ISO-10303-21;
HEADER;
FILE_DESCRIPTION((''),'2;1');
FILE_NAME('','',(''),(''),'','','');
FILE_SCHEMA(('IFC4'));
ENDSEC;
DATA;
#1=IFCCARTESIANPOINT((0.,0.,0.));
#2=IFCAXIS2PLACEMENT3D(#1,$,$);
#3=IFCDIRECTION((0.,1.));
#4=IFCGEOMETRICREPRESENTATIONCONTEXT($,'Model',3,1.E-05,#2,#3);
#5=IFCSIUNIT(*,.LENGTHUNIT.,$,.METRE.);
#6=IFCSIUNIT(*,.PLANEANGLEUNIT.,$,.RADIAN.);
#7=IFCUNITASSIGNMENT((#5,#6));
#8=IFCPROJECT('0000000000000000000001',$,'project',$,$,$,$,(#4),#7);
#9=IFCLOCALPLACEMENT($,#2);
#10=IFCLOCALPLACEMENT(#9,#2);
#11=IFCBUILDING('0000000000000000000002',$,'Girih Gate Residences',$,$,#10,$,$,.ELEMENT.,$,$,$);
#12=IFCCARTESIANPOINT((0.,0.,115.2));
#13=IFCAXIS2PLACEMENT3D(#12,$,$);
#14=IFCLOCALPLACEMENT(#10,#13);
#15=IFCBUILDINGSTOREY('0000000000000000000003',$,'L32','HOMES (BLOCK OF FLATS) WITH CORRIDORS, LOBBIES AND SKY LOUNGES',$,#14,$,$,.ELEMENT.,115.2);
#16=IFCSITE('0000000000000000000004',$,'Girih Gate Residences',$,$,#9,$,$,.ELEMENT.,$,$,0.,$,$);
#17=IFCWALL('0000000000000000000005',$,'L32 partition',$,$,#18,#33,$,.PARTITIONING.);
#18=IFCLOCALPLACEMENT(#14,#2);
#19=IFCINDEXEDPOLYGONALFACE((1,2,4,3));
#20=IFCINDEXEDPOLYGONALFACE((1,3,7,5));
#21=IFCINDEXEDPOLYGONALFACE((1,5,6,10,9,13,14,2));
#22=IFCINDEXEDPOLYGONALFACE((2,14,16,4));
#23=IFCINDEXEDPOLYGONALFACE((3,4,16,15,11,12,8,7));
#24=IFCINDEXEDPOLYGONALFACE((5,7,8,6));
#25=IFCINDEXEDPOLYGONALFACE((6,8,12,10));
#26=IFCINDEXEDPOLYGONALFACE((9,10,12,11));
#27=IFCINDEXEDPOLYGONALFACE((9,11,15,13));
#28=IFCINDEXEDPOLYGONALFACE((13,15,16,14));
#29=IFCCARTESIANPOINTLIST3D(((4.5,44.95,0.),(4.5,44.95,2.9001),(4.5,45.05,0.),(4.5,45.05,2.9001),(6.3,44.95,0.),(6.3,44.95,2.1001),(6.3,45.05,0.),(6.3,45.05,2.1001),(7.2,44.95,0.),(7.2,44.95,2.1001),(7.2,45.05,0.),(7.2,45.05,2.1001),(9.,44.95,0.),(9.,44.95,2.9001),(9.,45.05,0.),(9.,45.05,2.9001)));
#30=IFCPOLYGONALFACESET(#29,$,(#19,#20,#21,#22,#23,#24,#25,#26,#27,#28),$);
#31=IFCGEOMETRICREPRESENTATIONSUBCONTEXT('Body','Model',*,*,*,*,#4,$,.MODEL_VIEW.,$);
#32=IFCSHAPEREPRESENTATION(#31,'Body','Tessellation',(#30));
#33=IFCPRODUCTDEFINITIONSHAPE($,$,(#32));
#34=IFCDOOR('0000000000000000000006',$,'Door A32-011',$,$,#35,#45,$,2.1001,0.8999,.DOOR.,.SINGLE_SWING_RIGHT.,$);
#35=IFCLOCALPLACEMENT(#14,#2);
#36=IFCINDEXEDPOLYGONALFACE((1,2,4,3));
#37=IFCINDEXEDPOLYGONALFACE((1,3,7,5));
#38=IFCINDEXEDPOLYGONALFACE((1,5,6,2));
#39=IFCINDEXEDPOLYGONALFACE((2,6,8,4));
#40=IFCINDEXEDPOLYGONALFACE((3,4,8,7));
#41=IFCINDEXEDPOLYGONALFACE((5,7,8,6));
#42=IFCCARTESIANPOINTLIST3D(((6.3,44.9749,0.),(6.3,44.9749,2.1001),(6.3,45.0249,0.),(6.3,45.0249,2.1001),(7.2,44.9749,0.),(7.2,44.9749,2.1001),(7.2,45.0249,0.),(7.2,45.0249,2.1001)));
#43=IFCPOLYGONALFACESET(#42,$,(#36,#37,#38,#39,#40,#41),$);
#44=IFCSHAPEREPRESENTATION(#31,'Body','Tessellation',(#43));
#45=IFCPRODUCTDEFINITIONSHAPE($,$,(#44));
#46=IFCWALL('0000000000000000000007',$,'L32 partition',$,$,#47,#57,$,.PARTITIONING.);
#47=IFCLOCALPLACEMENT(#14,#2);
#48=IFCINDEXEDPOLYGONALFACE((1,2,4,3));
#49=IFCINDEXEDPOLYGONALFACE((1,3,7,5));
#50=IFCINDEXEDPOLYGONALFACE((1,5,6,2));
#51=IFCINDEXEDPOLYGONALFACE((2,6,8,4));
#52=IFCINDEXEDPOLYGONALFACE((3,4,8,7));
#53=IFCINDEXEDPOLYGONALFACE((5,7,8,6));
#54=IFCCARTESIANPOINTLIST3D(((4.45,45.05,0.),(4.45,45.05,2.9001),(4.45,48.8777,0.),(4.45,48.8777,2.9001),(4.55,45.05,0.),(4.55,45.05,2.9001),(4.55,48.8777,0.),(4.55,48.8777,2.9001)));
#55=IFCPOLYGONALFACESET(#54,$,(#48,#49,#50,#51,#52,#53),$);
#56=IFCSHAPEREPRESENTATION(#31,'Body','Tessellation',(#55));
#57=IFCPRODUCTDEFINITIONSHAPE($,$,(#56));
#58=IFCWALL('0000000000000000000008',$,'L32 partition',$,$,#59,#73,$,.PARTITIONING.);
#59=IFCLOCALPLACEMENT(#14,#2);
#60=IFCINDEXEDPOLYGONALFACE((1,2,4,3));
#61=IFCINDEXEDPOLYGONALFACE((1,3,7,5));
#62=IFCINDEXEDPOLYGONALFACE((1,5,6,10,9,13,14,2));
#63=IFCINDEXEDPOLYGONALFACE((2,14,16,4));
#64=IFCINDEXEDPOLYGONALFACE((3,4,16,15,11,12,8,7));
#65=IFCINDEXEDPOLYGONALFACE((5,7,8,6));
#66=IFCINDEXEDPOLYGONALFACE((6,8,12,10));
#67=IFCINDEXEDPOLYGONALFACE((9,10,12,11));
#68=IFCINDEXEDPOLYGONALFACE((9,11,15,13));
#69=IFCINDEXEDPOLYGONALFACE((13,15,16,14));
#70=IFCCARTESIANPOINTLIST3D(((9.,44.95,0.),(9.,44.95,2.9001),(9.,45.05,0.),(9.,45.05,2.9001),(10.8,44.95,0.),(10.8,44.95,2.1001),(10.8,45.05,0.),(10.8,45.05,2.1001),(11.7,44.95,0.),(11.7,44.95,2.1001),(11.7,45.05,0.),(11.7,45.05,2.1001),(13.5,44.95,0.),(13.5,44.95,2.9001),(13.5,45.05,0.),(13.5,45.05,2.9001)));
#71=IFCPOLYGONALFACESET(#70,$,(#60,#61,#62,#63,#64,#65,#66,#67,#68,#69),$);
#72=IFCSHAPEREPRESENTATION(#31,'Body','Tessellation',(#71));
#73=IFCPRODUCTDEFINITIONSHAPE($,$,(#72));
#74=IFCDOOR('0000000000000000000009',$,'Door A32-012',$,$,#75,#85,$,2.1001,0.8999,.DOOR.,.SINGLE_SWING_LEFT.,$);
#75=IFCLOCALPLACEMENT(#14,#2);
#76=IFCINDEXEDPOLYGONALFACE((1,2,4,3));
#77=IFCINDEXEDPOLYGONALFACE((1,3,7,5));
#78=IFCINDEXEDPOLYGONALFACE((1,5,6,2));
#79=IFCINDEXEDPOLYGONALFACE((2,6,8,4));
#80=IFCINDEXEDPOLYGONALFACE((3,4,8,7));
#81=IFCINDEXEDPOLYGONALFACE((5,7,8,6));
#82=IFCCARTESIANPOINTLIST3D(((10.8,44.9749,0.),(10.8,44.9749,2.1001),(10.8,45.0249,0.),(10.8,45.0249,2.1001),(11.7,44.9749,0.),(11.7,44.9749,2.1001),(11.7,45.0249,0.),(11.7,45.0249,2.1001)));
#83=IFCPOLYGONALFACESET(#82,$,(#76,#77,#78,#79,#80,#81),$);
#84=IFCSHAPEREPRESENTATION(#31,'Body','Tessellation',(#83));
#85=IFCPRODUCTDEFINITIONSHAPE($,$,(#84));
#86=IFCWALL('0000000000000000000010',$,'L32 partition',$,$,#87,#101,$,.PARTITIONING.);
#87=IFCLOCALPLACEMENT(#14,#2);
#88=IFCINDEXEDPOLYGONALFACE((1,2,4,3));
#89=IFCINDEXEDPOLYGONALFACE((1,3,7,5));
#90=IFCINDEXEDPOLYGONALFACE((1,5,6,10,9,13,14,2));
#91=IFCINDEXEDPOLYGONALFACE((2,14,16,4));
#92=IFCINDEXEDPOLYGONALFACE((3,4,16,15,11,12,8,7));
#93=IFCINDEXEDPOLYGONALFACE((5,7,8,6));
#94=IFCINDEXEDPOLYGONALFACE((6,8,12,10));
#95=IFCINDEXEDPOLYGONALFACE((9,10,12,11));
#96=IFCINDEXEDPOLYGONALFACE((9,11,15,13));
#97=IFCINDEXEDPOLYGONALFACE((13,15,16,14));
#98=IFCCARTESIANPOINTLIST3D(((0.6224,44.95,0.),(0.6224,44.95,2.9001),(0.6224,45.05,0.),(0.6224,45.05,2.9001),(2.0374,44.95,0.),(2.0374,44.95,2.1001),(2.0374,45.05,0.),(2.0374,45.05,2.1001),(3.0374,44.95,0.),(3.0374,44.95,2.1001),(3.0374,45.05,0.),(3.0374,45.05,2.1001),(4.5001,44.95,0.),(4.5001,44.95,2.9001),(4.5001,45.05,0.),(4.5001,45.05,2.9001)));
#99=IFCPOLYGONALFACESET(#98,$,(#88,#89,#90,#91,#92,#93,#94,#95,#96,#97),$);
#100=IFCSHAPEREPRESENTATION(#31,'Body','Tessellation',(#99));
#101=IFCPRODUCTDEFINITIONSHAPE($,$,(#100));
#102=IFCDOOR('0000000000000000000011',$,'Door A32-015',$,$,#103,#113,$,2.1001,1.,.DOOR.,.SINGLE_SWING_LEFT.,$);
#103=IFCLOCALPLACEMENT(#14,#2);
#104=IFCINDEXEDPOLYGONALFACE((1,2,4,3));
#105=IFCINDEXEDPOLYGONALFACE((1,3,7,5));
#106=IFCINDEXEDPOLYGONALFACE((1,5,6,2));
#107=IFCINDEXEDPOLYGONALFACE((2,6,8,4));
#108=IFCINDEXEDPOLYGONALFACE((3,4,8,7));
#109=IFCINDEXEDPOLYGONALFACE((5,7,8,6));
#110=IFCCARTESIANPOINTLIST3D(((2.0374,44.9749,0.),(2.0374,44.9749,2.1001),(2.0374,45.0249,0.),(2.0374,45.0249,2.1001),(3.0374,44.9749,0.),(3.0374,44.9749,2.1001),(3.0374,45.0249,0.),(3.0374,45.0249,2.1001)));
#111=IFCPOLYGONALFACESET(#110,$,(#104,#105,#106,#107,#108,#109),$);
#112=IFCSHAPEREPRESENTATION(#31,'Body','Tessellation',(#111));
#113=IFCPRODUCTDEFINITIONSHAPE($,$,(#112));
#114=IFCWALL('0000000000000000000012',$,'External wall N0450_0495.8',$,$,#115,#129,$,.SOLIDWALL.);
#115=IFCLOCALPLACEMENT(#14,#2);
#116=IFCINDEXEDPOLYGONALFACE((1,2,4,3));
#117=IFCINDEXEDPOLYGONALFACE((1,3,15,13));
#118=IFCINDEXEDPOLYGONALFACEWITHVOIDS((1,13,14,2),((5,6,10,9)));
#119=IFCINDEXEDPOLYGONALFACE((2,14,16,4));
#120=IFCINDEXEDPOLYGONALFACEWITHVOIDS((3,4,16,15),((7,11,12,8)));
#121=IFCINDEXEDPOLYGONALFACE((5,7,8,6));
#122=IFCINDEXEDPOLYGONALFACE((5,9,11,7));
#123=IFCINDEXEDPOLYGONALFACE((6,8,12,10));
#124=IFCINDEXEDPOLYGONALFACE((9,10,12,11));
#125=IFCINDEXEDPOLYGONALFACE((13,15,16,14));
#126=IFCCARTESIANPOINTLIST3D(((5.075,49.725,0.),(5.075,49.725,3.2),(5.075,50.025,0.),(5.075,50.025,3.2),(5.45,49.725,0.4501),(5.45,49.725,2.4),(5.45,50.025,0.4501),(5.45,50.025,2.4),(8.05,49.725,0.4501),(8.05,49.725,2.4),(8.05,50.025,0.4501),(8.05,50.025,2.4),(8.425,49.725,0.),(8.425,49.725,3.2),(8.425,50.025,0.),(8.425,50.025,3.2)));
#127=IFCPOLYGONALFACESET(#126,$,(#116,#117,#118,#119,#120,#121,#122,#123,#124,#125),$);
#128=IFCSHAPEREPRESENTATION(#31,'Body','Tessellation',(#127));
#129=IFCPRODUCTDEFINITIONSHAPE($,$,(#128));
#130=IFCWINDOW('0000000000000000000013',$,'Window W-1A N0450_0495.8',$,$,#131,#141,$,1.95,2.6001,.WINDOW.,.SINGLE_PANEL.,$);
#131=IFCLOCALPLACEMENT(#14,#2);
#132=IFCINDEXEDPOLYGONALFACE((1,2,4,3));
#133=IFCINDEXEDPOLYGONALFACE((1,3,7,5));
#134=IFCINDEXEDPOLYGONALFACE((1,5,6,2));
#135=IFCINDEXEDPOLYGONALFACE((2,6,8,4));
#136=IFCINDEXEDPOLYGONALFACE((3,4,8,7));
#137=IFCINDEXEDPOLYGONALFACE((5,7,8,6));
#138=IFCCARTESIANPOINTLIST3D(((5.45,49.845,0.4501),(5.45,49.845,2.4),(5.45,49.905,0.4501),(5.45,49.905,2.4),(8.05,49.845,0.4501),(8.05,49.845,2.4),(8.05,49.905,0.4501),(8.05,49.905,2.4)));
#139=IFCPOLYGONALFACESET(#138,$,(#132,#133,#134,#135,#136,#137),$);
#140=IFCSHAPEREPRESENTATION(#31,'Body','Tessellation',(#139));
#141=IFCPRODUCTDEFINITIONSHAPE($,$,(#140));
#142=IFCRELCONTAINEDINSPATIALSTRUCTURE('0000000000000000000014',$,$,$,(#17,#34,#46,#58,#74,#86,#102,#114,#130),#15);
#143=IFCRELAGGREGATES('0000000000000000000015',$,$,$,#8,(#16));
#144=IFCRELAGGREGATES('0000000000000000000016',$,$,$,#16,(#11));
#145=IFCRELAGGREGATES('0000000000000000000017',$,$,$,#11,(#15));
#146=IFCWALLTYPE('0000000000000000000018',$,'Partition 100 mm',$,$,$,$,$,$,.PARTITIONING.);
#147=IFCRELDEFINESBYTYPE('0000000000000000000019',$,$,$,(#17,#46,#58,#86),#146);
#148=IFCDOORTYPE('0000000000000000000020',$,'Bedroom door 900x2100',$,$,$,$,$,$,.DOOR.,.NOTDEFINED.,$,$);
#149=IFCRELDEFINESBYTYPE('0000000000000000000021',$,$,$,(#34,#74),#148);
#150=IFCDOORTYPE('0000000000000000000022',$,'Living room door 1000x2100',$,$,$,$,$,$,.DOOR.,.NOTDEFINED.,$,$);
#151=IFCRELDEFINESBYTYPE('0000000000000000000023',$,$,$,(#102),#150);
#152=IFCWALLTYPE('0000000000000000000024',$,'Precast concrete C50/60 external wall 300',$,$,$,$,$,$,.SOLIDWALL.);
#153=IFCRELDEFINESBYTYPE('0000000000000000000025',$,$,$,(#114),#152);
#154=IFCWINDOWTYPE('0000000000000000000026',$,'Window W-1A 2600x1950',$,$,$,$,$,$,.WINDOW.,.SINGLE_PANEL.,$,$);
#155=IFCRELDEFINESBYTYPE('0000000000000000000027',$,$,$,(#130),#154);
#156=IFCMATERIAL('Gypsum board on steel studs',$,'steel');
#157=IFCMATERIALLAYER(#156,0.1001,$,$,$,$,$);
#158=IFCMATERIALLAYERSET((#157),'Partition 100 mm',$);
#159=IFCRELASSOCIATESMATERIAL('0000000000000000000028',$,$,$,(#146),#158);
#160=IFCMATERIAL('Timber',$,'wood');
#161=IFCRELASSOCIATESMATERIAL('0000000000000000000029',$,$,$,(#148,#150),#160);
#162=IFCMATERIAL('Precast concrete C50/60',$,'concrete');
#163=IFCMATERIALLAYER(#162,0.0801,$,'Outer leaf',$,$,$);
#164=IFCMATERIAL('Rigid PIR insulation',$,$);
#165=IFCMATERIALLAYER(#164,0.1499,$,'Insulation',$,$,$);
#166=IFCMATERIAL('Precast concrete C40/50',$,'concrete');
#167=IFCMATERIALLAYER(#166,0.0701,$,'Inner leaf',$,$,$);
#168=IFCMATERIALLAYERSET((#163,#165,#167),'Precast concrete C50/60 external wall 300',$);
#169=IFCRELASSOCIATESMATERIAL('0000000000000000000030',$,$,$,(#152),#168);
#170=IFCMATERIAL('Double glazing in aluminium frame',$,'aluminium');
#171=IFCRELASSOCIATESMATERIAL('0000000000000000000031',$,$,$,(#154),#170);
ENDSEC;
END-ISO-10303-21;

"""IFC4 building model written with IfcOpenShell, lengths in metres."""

from ifc_helpers import new_model, si_unit, direction, frame, frame_2d, origin, place, context, subcontext, project, spatial, rectangle, extrude, material, layer, layer_set, type_object, element, fill, save


model = new_model("IFC4")

# Units and contexts
model_context = context("Model", 3, precision=1e-05, world=origin(), true_north=direction((0.0, 1.0)))
body_context = subcontext(model_context, "Body", "Model", "MODEL_VIEW")
ifc_project = project(units=[si_unit("LENGTHUNIT", "METRE"), si_unit("PLANEANGLEUNIT", "RADIAN")], contexts=[model_context])

# Site, building, storey
site_placement = place(None, origin())
site = spatial("IfcSite", under=ifc_project, at=site_placement, Name="Girih Gate Residences", CompositionType="ELEMENT", RefElevation=0.0)
building_placement = place(site_placement, origin())
building = spatial("IfcBuilding", under=site, at=building_placement, Name="Girih Gate Residences", CompositionType="ELEMENT")
storey_placement = place(building_placement, frame((0.0, 0.0, 115.2)))
storey = spatial("IfcBuildingStorey", under=building, at=storey_placement, Name="L32", Description="HOMES (BLOCK OF FLATS) WITH CORRIDORS, LOBBIES AND SKY LOUNGES", CompositionType="ELEMENT", Elevation=115.2)

# Shared definitions
ifc_material_1 = material(Name="Gypsum board on steel studs", Category="steel")

# Shared definitions
ifc_layer_1 = layer(ifc_material_1, 0.1001)
ifc_layer_set_1 = layer_set([ifc_layer_1], Name="Partition 100 mm")
wall_type_1 = type_object("IfcWallType", Name="Partition 100 mm", PredefinedType="PARTITIONING", material=ifc_layer_set_1)

# Wall, opening, door
wall_1_placement = place(storey_placement, frame((4.5, 45.0, 0.0), z_axis=(0.0, 0.0, 1.0), x_axis=(1.0, 0.0, 0.0)))
wall_1 = element("IfcWall", 1, at=wall_1_placement, inside=storey, type_object=wall_type_1, Name="L32 partition", PredefinedType="PARTITIONING", context=body_context, shape_type="SweptSolid", body=[
    extrude(rectangle(XDim=4.5, YDim=0.1001, at=frame_2d((2.25, 0.0))), origin(), (0.0, 0.0, 1.0), 2.9001),
])
opening_1_placement = place(wall_1_placement, frame((1.8, 0.0, 0.0)))
opening_1 = element("IfcOpeningElement", 2, at=opening_1_placement, cuts=wall_1, PredefinedType="OPENING", context=body_context, shape_type="SweptSolid", body=[
    extrude(rectangle(XDim=0.8999, YDim=2.1001, at=frame_2d((0.45, 1.05))), frame((0.0, 0.0601, 0.0), z_axis=(0.0, -1.0, 0.0), x_axis=(1.0, 0.0, 0.0)), (0.0, 0.0, 1.0), 0.1201),
])
ifc_material_2 = material(Name="Timber", Category="wood")
door_type_1 = type_object("IfcDoorType", Name="Bedroom door 900x2100", OperationType="NOTDEFINED", PredefinedType="DOOR", material=ifc_material_2)
door_1_placement = place(opening_1_placement, origin())
door_1 = element("IfcDoor", 3, at=door_1_placement, inside=storey, type_object=door_type_1, Name="Door A32-011", OperationType="SINGLE_SWING_RIGHT", OverallHeight=2.1001, OverallWidth=0.8999, PredefinedType="DOOR", context=body_context, shape_type="SweptSolid", body=[
    extrude(rectangle(XDim=0.8999, YDim=2.1001, at=frame_2d((0.45, 1.05))), frame((0.0, 0.0249, 0.0), z_axis=(0.0, -1.0, 0.0), x_axis=(1.0, 0.0, 0.0)), (0.0, 0.0, 1.0), 0.05),
])
fill(opening_1, door_1)

# Wall
wall_2_placement = place(storey_placement, frame((4.5, 45.05, 0.0), z_axis=(0.0, 0.0, 1.0), x_axis=(0.0, 1.0, 0.0)))
element("IfcWall", 4, at=wall_2_placement, inside=storey, type_object=wall_type_1, Name="L32 partition", PredefinedType="PARTITIONING", context=body_context, shape_type="SweptSolid", body=[
    extrude(rectangle(XDim=3.8276, YDim=0.1001, at=frame_2d((1.9138, 0.0))), origin(), (0.0, 0.0, 1.0), 2.9001),
])

# Walls, openings, doors
wall_3_placement = place(storey_placement, frame((9.0, 45.0, 0.0), z_axis=(0.0, 0.0, 1.0), x_axis=(1.0, 0.0, 0.0)))
wall_3 = element("IfcWall", 5, at=wall_3_placement, inside=storey, type_object=wall_type_1, Name="L32 partition", PredefinedType="PARTITIONING", context=body_context, shape_type="SweptSolid", body=[
    extrude(rectangle(XDim=4.5, YDim=0.1001, at=frame_2d((2.25, 0.0))), origin(), (0.0, 0.0, 1.0), 2.9001),
])
opening_2_placement = place(wall_3_placement, frame((1.8, 0.0, 0.0)))
opening_2 = element("IfcOpeningElement", 6, at=opening_2_placement, cuts=wall_3, PredefinedType="OPENING", context=body_context, shape_type="SweptSolid", body=[
    extrude(rectangle(XDim=0.8999, YDim=2.1001, at=frame_2d((0.45, 1.05))), frame((0.0, 0.0601, 0.0), z_axis=(0.0, -1.0, 0.0), x_axis=(1.0, 0.0, 0.0)), (0.0, 0.0, 1.0), 0.1201),
])
door_2_placement = place(opening_2_placement, origin())
door_2 = element("IfcDoor", 7, at=door_2_placement, inside=storey, type_object=door_type_1, Name="Door A32-012", OperationType="SINGLE_SWING_LEFT", OverallHeight=2.1001, OverallWidth=0.8999, PredefinedType="DOOR", context=body_context, shape_type="SweptSolid", body=[
    extrude(rectangle(XDim=0.8999, YDim=2.1001, at=frame_2d((0.45, 1.05))), frame((0.0, 0.0249, 0.0), z_axis=(0.0, -1.0, 0.0), x_axis=(1.0, 0.0, 0.0)), (0.0, 0.0, 1.0), 0.05),
])
fill(opening_2, door_2)
wall_4_placement = place(storey_placement, frame((0.6223, 45.0, 0.0), z_axis=(0.0, 0.0, 1.0), x_axis=(1.0, 0.0, 0.0)))
wall_4 = element("IfcWall", 8, at=wall_4_placement, inside=storey, type_object=wall_type_1, Name="L32 partition", PredefinedType="PARTITIONING", context=body_context, shape_type="SweptSolid", body=[
    extrude(rectangle(XDim=3.8777, YDim=0.1001, at=frame_2d((1.939, 0.0))), origin(), (0.0, 0.0, 1.0), 2.9001),
])
opening_3_placement = place(wall_4_placement, frame((1.415, 0.0, 0.0)))
opening_3 = element("IfcOpeningElement", 9, at=opening_3_placement, cuts=wall_4, PredefinedType="OPENING", context=body_context, shape_type="SweptSolid", body=[
    extrude(rectangle(XDim=1.0, YDim=2.1001, at=frame_2d((0.5, 1.05))), frame((0.0, 0.0601, 0.0), z_axis=(0.0, -1.0, 0.0), x_axis=(1.0, 0.0, 0.0)), (0.0, 0.0, 1.0), 0.1201),
])
door_type_2 = type_object("IfcDoorType", Name="Living room door 1000x2100", OperationType="NOTDEFINED", PredefinedType="DOOR", material=ifc_material_2)
door_3_placement = place(opening_3_placement, origin())
door_3 = element("IfcDoor", 10, at=door_3_placement, inside=storey, type_object=door_type_2, Name="Door A32-015", OperationType="SINGLE_SWING_LEFT", OverallHeight=2.1001, OverallWidth=1.0, PredefinedType="DOOR", context=body_context, shape_type="SweptSolid", body=[
    extrude(rectangle(XDim=1.0, YDim=2.1001, at=frame_2d((0.5, 1.05))), frame((0.0, 0.0249, 0.0), z_axis=(0.0, -1.0, 0.0), x_axis=(1.0, 0.0, 0.0)), (0.0, 0.0, 1.0), 0.05),
])
fill(opening_3, door_3)

# Wall, opening, window
ifc_material_3 = material(Name="Precast concrete C50/60", Category="concrete")
ifc_layer_2 = layer(ifc_material_3, 0.0801, Name="Outer leaf")
ifc_material_4 = material(Name="Rigid PIR insulation")
ifc_layer_3 = layer(ifc_material_4, 0.1499, Name="Insulation")
ifc_material_5 = material(Name="Precast concrete C40/50", Category="concrete")
ifc_layer_4 = layer(ifc_material_5, 0.0701, Name="Inner leaf")
ifc_layer_set_2 = layer_set([ifc_layer_2, ifc_layer_3, ifc_layer_4], Name="Precast concrete C50/60 external wall 300")
wall_type_2 = type_object("IfcWallType", Name="Precast concrete C50/60 external wall 300", PredefinedType="SOLIDWALL", material=ifc_layer_set_2)
wall_5_placement = place(storey_placement, frame((5.075, 49.875, 0.0), z_axis=(0.0, 0.0, 1.0), x_axis=(1.0, 0.0, 0.0)))
wall_5 = element("IfcWall", 11, at=wall_5_placement, inside=storey, type_object=wall_type_2, Name="External wall N0450_0495.8", PredefinedType="SOLIDWALL", context=body_context, shape_type="SweptSolid", body=[
    extrude(rectangle(XDim=3.3501, YDim=0.3, at=frame_2d((1.675, 0.0))), origin(), (0.0, 0.0, 1.0), 3.2),
])
opening_4_placement = place(wall_5_placement, frame((0.375, 0.0, 0.45)))
opening_4 = element("IfcOpeningElement", 12, at=opening_4_placement, cuts=wall_5, PredefinedType="OPENING", context=body_context, shape_type="SweptSolid", body=[
    extrude(rectangle(XDim=2.6001, YDim=1.95, at=frame_2d((1.3, 0.9751))), frame((0.0, 0.1599, 0.0), z_axis=(0.0, -1.0, 0.0), x_axis=(1.0, 0.0, 0.0)), (0.0, 0.0, 1.0), 0.3201),
])
ifc_material_6 = material(Name="Double glazing in aluminium frame", Category="aluminium")
window_type_1 = type_object("IfcWindowType", Name="Window W-1A 2600x1950", PartitioningType="SINGLE_PANEL", PredefinedType="WINDOW", material=ifc_material_6)
window_1_placement = place(opening_4_placement, origin())
window_1 = element("IfcWindow", 13, at=window_1_placement, inside=storey, type_object=window_type_1, Name="Window W-1A N0450_0495.8", OverallHeight=1.95, OverallWidth=2.6001, PartitioningType="SINGLE_PANEL", PredefinedType="WINDOW", context=body_context, shape_type="SweptSolid", body=[
    extrude(rectangle(XDim=2.6001, YDim=1.95, at=frame_2d((1.3, 0.9751))), frame((0.0, 0.03, 0.0), z_axis=(0.0, -1.0, 0.0), x_axis=(1.0, 0.0, 0.0)), (0.0, 0.0, 1.0), 0.0601),
])
fill(opening_4, window_1)

save(model, "model.ifc")
